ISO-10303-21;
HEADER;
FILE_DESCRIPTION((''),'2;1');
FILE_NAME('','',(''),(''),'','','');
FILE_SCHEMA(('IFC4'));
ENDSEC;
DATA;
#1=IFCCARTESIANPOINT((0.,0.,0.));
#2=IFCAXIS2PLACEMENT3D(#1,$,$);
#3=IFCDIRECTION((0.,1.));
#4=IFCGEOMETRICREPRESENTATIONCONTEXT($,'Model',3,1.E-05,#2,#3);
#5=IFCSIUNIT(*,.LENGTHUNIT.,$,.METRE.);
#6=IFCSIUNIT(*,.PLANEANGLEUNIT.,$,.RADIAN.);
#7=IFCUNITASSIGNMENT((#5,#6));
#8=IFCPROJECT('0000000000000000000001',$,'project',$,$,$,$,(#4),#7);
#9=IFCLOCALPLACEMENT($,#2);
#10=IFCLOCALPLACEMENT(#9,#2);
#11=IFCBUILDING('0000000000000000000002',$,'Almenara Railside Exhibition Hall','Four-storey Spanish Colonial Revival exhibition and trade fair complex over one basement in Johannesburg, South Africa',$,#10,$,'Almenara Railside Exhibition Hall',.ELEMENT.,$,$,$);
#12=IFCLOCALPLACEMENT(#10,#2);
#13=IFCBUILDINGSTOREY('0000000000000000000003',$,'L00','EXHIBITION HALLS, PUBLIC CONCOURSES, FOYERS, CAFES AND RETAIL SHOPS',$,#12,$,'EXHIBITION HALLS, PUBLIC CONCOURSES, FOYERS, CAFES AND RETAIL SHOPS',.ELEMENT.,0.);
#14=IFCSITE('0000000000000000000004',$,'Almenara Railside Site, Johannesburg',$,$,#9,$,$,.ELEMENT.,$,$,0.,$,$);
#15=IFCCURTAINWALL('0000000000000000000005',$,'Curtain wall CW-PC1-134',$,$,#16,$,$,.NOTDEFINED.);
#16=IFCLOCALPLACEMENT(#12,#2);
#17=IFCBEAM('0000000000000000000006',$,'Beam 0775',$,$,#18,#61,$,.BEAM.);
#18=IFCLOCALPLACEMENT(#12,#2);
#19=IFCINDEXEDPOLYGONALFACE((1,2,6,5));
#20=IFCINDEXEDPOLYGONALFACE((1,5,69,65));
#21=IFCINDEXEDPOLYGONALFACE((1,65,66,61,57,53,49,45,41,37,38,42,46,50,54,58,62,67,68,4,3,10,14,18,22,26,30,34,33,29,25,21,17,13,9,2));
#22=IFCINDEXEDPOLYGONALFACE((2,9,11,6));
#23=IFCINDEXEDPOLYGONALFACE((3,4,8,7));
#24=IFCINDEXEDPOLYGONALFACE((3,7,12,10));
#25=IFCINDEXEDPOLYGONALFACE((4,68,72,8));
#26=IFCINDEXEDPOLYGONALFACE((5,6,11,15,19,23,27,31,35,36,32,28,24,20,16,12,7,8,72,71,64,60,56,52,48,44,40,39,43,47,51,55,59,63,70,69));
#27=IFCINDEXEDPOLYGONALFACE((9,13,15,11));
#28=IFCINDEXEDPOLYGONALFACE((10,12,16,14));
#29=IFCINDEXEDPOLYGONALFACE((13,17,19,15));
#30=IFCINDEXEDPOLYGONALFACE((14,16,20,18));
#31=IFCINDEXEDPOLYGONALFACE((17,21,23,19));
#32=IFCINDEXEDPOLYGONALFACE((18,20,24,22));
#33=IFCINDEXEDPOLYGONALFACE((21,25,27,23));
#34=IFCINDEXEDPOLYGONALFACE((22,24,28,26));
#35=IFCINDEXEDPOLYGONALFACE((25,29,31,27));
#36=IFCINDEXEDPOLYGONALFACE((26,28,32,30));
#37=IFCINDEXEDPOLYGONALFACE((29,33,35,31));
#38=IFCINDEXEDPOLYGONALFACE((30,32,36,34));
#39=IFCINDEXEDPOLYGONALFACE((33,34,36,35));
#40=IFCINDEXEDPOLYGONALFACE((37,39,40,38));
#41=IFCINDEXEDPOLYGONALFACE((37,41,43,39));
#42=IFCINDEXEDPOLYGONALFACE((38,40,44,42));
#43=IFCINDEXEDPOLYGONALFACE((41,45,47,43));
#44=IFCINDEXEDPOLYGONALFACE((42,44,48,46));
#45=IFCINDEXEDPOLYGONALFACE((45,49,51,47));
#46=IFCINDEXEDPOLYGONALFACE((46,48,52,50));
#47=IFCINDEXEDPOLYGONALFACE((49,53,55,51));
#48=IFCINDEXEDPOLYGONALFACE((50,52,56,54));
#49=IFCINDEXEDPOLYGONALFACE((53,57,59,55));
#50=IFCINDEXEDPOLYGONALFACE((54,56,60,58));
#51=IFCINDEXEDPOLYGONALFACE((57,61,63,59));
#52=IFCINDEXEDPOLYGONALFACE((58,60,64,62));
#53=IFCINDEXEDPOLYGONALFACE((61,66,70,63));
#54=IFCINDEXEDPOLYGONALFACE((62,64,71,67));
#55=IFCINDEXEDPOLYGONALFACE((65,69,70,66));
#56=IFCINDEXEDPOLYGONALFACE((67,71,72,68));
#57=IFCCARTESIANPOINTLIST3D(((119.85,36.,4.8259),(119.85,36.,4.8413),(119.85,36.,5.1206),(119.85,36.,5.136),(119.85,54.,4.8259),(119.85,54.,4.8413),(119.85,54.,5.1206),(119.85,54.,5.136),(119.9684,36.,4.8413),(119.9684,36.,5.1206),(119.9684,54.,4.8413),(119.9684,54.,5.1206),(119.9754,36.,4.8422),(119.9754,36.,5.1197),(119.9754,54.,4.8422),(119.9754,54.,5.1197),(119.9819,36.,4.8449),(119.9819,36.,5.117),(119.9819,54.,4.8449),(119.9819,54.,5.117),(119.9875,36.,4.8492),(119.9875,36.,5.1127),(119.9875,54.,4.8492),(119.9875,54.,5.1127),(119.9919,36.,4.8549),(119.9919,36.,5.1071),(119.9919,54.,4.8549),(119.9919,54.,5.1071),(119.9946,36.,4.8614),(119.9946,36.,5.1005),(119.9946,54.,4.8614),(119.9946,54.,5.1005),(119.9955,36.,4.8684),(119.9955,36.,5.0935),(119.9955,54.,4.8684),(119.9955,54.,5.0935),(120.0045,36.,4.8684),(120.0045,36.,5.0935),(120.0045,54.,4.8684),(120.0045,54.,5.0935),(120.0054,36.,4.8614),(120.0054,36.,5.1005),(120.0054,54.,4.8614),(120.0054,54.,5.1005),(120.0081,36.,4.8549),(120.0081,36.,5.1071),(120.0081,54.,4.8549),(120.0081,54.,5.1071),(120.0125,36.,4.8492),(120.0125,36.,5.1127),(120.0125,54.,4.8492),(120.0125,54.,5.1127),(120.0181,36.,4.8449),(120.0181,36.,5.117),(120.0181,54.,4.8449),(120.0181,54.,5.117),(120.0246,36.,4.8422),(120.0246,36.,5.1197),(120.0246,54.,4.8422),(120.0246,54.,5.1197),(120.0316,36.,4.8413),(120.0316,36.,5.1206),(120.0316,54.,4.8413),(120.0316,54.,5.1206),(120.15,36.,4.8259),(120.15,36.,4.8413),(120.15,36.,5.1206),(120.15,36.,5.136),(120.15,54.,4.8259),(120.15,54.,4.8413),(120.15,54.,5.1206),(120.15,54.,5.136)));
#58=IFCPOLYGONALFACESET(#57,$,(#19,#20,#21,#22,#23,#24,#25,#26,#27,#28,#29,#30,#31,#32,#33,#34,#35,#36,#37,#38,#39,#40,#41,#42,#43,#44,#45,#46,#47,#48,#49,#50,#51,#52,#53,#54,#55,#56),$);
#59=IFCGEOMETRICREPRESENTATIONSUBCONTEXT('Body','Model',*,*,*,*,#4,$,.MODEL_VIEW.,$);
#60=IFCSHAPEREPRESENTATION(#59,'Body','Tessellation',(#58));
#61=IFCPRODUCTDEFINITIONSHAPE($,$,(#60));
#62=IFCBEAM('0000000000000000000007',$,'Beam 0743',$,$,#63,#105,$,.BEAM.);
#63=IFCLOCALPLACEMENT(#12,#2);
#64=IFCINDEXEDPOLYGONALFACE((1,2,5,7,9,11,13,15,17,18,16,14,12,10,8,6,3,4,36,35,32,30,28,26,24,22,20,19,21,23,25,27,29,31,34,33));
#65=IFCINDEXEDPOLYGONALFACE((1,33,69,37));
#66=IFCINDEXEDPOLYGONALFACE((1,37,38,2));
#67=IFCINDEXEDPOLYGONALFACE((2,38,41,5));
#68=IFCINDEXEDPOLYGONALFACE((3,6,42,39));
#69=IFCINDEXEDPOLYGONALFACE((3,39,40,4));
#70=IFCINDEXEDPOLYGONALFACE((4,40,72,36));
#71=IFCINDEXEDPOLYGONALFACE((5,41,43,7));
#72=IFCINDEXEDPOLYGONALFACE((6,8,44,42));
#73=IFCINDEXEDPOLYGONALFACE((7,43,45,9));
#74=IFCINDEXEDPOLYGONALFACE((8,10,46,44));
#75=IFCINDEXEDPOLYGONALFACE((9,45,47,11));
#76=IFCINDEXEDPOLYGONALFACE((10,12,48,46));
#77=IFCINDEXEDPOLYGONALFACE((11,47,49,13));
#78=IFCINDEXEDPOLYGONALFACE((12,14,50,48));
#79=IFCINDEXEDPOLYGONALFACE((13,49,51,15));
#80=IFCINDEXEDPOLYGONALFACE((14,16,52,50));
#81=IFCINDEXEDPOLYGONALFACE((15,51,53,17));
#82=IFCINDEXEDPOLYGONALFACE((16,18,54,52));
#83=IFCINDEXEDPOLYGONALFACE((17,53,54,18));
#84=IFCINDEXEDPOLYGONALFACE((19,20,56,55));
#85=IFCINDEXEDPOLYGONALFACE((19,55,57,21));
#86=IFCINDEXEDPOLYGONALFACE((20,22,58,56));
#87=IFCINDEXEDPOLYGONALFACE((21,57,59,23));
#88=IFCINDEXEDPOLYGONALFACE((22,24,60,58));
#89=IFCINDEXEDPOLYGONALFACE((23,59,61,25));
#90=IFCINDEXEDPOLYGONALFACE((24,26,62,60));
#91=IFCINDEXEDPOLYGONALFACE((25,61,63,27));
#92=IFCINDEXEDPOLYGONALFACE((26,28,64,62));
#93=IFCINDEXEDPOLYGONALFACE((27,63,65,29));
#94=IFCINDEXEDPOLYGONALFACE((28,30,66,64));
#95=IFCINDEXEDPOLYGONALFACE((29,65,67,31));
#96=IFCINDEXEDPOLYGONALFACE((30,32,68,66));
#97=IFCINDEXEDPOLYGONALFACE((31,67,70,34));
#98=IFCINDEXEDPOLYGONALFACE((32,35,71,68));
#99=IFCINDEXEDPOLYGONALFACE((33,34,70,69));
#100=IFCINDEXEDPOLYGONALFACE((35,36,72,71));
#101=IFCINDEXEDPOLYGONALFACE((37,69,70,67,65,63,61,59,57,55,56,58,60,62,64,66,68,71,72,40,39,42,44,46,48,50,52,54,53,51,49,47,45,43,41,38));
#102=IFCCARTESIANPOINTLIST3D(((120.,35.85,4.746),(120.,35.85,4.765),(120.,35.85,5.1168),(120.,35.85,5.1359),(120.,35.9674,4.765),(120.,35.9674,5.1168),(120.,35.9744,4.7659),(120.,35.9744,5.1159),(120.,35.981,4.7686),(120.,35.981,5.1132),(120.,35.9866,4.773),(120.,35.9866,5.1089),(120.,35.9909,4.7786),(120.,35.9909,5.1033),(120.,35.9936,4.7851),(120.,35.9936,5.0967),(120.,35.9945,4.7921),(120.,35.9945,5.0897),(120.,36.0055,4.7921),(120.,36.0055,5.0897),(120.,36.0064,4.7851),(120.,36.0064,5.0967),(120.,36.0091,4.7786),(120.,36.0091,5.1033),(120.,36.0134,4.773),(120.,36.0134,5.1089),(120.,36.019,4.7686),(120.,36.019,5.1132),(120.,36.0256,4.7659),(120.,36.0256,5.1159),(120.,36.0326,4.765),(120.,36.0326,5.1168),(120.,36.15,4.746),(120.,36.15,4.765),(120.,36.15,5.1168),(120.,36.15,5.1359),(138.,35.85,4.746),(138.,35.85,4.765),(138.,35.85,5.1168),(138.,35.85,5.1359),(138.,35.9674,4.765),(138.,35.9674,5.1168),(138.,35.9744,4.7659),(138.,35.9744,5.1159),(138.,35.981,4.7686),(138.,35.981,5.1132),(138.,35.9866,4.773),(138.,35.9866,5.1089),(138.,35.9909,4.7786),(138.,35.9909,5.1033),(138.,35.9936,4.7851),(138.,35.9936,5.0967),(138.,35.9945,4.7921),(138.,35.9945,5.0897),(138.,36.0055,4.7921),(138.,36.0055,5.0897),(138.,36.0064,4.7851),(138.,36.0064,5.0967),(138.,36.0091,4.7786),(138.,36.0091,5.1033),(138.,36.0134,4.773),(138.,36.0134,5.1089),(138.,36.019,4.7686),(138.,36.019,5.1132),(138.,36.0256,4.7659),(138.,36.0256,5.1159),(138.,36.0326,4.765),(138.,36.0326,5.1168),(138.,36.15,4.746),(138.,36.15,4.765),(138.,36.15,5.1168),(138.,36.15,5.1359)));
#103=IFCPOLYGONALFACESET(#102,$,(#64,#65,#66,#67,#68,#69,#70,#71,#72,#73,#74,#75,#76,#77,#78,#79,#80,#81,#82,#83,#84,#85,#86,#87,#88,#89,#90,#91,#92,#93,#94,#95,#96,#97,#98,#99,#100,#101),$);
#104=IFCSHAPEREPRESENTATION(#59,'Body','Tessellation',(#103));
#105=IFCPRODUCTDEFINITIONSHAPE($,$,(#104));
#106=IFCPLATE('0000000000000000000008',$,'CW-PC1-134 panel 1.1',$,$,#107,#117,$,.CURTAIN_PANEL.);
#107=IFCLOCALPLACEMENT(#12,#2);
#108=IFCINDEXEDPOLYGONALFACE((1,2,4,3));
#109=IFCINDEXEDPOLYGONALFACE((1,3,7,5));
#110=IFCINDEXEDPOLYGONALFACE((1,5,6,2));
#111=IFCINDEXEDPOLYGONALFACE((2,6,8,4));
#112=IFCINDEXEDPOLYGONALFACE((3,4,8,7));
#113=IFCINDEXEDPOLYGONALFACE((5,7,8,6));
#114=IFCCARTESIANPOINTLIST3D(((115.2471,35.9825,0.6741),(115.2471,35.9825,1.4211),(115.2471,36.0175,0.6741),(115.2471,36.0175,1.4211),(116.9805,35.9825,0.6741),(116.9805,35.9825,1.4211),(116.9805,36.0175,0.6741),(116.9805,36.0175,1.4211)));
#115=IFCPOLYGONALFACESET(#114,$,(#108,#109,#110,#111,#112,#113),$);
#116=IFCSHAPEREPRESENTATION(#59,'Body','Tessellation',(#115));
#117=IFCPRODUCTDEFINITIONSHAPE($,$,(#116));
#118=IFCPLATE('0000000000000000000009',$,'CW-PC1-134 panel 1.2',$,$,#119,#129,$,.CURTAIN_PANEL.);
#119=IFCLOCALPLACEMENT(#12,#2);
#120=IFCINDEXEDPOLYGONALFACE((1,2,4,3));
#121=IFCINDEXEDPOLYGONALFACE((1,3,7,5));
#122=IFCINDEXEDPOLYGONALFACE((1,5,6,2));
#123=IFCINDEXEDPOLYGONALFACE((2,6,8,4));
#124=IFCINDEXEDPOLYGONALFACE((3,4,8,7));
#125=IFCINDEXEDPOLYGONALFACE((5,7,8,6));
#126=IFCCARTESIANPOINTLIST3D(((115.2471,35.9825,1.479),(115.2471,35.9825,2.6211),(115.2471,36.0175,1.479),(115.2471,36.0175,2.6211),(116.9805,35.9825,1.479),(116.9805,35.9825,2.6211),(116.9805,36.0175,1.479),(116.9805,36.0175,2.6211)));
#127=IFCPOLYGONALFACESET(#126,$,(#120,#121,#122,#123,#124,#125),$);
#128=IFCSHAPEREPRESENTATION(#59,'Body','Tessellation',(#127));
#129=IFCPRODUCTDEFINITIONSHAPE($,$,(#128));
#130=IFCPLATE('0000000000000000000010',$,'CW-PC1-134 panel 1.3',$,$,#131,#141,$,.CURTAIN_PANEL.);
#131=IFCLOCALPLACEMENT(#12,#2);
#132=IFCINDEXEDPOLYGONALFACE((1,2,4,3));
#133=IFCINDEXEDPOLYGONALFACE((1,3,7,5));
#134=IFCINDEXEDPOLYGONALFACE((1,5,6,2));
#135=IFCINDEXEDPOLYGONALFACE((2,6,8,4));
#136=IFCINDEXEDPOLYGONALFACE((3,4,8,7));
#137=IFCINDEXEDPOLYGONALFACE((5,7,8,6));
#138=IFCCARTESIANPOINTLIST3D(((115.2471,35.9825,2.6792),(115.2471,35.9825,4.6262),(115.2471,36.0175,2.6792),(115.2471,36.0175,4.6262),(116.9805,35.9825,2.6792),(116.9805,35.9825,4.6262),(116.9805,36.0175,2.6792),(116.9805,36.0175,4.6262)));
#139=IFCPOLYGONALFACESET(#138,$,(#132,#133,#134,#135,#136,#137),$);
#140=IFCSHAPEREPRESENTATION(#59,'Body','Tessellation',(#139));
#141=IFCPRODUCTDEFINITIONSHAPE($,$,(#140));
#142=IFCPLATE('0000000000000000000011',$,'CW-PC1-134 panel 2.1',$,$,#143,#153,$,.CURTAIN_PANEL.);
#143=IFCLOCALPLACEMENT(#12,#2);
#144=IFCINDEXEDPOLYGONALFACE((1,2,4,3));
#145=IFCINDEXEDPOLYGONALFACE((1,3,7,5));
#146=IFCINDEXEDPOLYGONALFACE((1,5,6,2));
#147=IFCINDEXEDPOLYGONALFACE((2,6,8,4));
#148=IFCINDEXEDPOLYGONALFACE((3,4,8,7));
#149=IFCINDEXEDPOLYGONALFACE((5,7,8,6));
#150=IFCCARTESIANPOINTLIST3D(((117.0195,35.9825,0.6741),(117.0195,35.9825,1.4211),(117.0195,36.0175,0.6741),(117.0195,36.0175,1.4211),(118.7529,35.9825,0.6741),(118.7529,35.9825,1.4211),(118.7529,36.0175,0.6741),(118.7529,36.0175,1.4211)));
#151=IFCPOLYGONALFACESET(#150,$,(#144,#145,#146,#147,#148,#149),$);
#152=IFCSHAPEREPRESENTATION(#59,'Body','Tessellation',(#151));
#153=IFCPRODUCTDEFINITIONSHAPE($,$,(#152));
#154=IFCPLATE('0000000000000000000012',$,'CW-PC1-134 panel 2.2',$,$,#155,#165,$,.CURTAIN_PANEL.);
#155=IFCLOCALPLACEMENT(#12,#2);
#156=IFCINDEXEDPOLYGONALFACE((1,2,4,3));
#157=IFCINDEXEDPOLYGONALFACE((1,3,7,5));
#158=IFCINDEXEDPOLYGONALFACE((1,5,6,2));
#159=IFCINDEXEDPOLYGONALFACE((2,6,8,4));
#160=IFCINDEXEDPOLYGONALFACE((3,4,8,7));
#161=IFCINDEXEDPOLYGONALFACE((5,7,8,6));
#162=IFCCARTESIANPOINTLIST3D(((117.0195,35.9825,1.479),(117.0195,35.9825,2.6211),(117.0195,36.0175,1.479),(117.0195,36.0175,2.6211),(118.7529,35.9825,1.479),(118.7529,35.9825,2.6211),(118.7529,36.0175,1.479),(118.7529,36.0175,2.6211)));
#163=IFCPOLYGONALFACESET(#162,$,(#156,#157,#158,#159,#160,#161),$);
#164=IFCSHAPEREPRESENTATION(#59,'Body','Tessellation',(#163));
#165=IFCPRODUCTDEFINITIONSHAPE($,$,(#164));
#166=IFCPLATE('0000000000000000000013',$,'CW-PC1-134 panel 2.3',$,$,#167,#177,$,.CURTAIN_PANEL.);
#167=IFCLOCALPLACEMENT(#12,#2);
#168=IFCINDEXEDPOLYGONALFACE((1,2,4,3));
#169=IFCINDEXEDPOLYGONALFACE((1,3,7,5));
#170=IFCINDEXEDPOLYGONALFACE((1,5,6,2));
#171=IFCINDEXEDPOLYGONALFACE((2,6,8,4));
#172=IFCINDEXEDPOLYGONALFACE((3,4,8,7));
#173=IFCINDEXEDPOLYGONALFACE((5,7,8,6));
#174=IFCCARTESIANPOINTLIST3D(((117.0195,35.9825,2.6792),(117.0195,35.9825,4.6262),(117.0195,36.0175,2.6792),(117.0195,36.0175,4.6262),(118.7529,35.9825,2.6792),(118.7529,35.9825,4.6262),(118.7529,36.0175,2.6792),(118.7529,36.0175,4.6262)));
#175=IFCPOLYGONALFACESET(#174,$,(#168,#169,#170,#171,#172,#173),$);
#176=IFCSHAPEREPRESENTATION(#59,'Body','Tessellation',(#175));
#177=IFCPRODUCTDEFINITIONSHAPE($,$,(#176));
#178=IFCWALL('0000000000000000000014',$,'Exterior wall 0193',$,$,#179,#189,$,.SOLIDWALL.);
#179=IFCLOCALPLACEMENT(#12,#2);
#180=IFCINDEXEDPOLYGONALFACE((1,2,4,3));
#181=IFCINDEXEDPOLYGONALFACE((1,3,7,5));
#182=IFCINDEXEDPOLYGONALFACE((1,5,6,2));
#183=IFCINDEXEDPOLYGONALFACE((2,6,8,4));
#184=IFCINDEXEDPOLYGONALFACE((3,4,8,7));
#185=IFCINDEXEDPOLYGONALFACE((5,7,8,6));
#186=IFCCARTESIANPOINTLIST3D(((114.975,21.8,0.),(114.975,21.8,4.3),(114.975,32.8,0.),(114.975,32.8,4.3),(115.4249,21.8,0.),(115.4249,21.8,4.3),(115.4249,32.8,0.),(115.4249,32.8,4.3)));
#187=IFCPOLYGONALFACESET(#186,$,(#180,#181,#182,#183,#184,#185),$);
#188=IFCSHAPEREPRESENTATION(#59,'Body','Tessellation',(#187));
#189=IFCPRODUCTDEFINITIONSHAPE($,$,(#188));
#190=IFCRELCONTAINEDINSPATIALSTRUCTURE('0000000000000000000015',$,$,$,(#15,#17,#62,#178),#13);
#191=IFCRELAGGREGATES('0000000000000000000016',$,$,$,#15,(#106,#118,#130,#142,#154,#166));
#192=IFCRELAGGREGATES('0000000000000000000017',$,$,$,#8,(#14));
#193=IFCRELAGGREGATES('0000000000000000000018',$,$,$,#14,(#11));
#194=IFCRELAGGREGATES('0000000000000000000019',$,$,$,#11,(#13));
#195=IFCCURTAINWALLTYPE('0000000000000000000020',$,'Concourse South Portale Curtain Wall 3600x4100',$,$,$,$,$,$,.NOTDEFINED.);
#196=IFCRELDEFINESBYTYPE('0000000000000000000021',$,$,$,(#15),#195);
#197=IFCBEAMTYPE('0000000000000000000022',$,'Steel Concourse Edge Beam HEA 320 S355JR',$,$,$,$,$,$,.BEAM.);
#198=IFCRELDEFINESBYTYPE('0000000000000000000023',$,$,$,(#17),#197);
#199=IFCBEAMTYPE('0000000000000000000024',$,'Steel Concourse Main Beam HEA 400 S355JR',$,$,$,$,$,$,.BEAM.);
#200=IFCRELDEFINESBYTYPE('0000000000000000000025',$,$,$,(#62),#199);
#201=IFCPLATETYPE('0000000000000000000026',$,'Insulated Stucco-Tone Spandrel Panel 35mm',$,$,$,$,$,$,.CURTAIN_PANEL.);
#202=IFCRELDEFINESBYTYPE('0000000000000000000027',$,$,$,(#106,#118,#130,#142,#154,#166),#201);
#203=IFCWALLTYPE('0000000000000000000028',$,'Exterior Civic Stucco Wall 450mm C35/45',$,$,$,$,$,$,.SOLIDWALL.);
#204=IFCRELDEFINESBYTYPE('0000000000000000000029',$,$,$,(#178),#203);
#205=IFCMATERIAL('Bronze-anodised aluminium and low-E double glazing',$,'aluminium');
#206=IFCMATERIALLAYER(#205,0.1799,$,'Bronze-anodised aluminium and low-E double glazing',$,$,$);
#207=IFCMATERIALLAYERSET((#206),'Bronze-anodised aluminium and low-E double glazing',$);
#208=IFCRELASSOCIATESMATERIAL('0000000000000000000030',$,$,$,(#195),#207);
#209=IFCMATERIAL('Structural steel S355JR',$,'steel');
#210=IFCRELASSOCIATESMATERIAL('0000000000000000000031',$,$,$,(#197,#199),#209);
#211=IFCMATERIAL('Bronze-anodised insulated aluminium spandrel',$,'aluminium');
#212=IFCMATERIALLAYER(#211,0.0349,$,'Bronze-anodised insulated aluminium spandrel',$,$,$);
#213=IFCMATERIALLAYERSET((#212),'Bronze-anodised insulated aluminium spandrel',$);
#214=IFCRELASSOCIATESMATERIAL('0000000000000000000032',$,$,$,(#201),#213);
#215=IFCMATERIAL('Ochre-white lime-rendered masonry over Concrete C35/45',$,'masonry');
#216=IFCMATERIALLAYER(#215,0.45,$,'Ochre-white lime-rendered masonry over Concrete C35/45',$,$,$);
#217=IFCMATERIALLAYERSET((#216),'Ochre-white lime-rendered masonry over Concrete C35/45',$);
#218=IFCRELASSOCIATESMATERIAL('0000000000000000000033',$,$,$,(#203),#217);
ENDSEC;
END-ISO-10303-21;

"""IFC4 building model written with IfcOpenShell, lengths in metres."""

from ifc_helpers import new_model, si_unit, direction, frame, frame_2d, origin, origin_2d, place, context, subcontext, project, spatial, rectangle, i_section, extrude, material, layer, layer_set, material_profile, profile_set, type_object, element, aggregate, save


model = new_model("IFC4")

# Units and contexts
model_context = context("Model", 3, precision=1e-05, world=origin(), true_north=direction((0.0, 1.0)))
body_context = subcontext(model_context, "Body", "Model", "MODEL_VIEW")
ifc_project = project(units=[si_unit("LENGTHUNIT", "METRE"), si_unit("PLANEANGLEUNIT", "RADIAN")], contexts=[model_context])

# Site, building, storey
site_placement = place(None, origin())
site = spatial("IfcSite", under=ifc_project, at=site_placement, Name="Almenara Railside Site, Johannesburg", CompositionType="ELEMENT", RefElevation=0.0)
building_placement = place(site_placement, origin())
building = spatial("IfcBuilding", under=site, at=building_placement, Name="Almenara Railside Exhibition Hall", Description="Four-storey Spanish Colonial Revival exhibition and trade fair complex over one basement in Johannesburg, South Africa", LongName="Almenara Railside Exhibition Hall", CompositionType="ELEMENT")
storey_placement = place(building_placement, origin())
storey = spatial("IfcBuildingStorey", under=building, at=storey_placement, Name="L00", Description="EXHIBITION HALLS, PUBLIC CONCOURSES, FOYERS, CAFES AND RETAIL SHOPS", LongName="EXHIBITION HALLS, PUBLIC CONCOURSES, FOYERS, CAFES AND RETAIL SHOPS", CompositionType="ELEMENT", Elevation=0.0)

# Curtain wall
ifc_material_1 = material(Name="Bronze-anodised aluminium and low-E double glazing", Category="aluminium")
ifc_layer_1 = layer(ifc_material_1, 0.1799, Name="Bronze-anodised aluminium and low-E double glazing")
ifc_layer_set_1 = layer_set([ifc_layer_1], Name="Bronze-anodised aluminium and low-E double glazing")
curtain_wall_type = type_object("IfcCurtainWallType", Name="Concourse South Portale Curtain Wall 3600x4100", PredefinedType="NOTDEFINED", material=ifc_layer_set_1)
curtain_wall_placement = place(storey_placement, origin())
curtain_wall = element("IfcCurtainWall", 1, at=curtain_wall_placement, inside=storey, type_object=curtain_wall_type, Name="Curtain wall CW-PC1-134", PredefinedType="NOTDEFINED")

# Beams
ifc_material_2 = material(Name="Structural steel S355JR", Category="steel")
ifc_material_profile_1 = material_profile(ifc_material_2, i_section(OverallWidth=0.3, OverallDepth=0.3101, WebThickness=0.009, FlangeThickness=0.0154, FilletRadius=0.0271, at=origin_2d()), Name="HEA 320")
ifc_profile_set_1 = profile_set([ifc_material_profile_1], Name="Structural steel S355JR")
beam_type_1 = type_object("IfcBeamType", Name="Steel Concourse Edge Beam HEA 320 S355JR", PredefinedType="BEAM", material=ifc_profile_set_1)
beam_1_placement = place(storey_placement, frame((120.0, 36.0, 4.981), z_axis=(0.0, 1.0, 0.0), x_axis=(-1.0, 0.0, 0.0)))
element("IfcBeam", 2, at=beam_1_placement, inside=storey, type_object=beam_type_1, Name="Beam 0775", PredefinedType="BEAM", context=body_context, shape_type="SweptSolid", body=[
    extrude(i_section(OverallWidth=0.3, OverallDepth=0.3101, WebThickness=0.009, FlangeThickness=0.0154, FilletRadius=0.0271, at=origin_2d()), origin(), (0.0, 0.0, 1.0), 18.0),
])
ifc_material_profile_2 = material_profile(ifc_material_2, i_section(OverallWidth=0.3, OverallDepth=0.3899, WebThickness=0.011, FlangeThickness=0.019, FilletRadius=0.0271, at=origin_2d()), Name="HEA 400")
ifc_profile_set_2 = profile_set([ifc_material_profile_2], Name="Structural steel S355JR")
beam_type_2 = type_object("IfcBeamType", Name="Steel Concourse Main Beam HEA 400 S355JR", PredefinedType="BEAM", material=ifc_profile_set_2)
beam_2_placement = place(storey_placement, frame((120.0, 36.0, 4.9409), z_axis=(1.0, 0.0, 0.0), x_axis=(0.0, 1.0, 0.0)))
element("IfcBeam", 3, at=beam_2_placement, inside=storey, type_object=beam_type_2, Name="Beam 0743", PredefinedType="BEAM", context=body_context, shape_type="SweptSolid", body=[
    extrude(i_section(OverallWidth=0.3, OverallDepth=0.3899, WebThickness=0.011, FlangeThickness=0.019, FilletRadius=0.0271, at=origin_2d()), origin(), (0.0, 0.0, 1.0), 18.0),
])

# Plates
ifc_material_3 = material(Name="Bronze-anodised insulated aluminium spandrel", Category="aluminium")
ifc_layer_2 = layer(ifc_material_3, 0.0349, Name="Bronze-anodised insulated aluminium spandrel")
ifc_layer_set_2 = layer_set([ifc_layer_2], Name="Bronze-anodised insulated aluminium spandrel")
plate_type = type_object("IfcPlateType", Name="Insulated Stucco-Tone Spandrel Panel 35mm", PredefinedType="CURTAIN_PANEL", material=ifc_layer_set_2)
plate_1_placement = place(storey_placement, frame((116.1138, 36.0, 0.6741), z_axis=(0.0, 0.0, 1.0), x_axis=(1.0, 0.0, 0.0)))
plate_1 = element("IfcPlate", 4, at=plate_1_placement, type_object=plate_type, Name="CW-PC1-134 panel 1.1", PredefinedType="CURTAIN_PANEL", context=body_context, shape_type="SweptSolid", body=[
    extrude(rectangle(XDim=1.7334, YDim=0.0349, at=origin_2d()), origin(), (0.0, 0.0, 1.0), 0.7471),
])
plate_2_placement = place(storey_placement, frame((116.1138, 36.0, 1.479), z_axis=(0.0, 0.0, 1.0), x_axis=(1.0, 0.0, 0.0)))
plate_2 = element("IfcPlate", 5, at=plate_2_placement, type_object=plate_type, Name="CW-PC1-134 panel 1.2", PredefinedType="CURTAIN_PANEL", context=body_context, shape_type="SweptSolid", body=[
    extrude(rectangle(XDim=1.7334, YDim=0.0349, at=origin_2d()), origin(), (0.0, 0.0, 1.0), 1.1421),
])
plate_3_placement = place(storey_placement, frame((116.1138, 36.0, 2.6792), z_axis=(0.0, 0.0, 1.0), x_axis=(1.0, 0.0, 0.0)))
plate_3 = element("IfcPlate", 6, at=plate_3_placement, type_object=plate_type, Name="CW-PC1-134 panel 1.3", PredefinedType="CURTAIN_PANEL", context=body_context, shape_type="SweptSolid", body=[
    extrude(rectangle(XDim=1.7334, YDim=0.0349, at=origin_2d()), origin(), (0.0, 0.0, 1.0), 1.947),
])
plate_4_placement = place(storey_placement, frame((117.8862, 36.0, 0.6741), z_axis=(0.0, 0.0, 1.0), x_axis=(1.0, 0.0, 0.0)))
plate_4 = element("IfcPlate", 7, at=plate_4_placement, type_object=plate_type, Name="CW-PC1-134 panel 2.1", PredefinedType="CURTAIN_PANEL", context=body_context, shape_type="SweptSolid", body=[
    extrude(rectangle(XDim=1.7334, YDim=0.0349, at=origin_2d()), origin(), (0.0, 0.0, 1.0), 0.7471),
])
plate_5_placement = place(storey_placement, frame((117.8862, 36.0, 1.479), z_axis=(0.0, 0.0, 1.0), x_axis=(1.0, 0.0, 0.0)))
plate_5 = element("IfcPlate", 8, at=plate_5_placement, type_object=plate_type, Name="CW-PC1-134 panel 2.2", PredefinedType="CURTAIN_PANEL", context=body_context, shape_type="SweptSolid", body=[
    extrude(rectangle(XDim=1.7334, YDim=0.0349, at=origin_2d()), origin(), (0.0, 0.0, 1.0), 1.1421),
])
plate_6_placement = place(storey_placement, frame((117.8862, 36.0, 2.6792), z_axis=(0.0, 0.0, 1.0), x_axis=(1.0, 0.0, 0.0)))
plate_6 = element("IfcPlate", 9, at=plate_6_placement, type_object=plate_type, Name="CW-PC1-134 panel 2.3", PredefinedType="CURTAIN_PANEL", context=body_context, shape_type="SweptSolid", body=[
    extrude(rectangle(XDim=1.7334, YDim=0.0349, at=origin_2d()), origin(), (0.0, 0.0, 1.0), 1.947),
])
aggregate(curtain_wall, [plate_1, plate_2, plate_3, plate_4, plate_5, plate_6])

# Wall
ifc_material_4 = material(Name="Ochre-white lime-rendered masonry over Concrete C35/45", Category="masonry")
ifc_layer_3 = layer(ifc_material_4, 0.45, Name="Ochre-white lime-rendered masonry over Concrete C35/45")
ifc_layer_set_3 = layer_set([ifc_layer_3], Name="Ochre-white lime-rendered masonry over Concrete C35/45")
wall_type = type_object("IfcWallType", Name="Exterior Civic Stucco Wall 450mm C35/45", PredefinedType="SOLIDWALL", material=ifc_layer_set_3)
wall_placement = place(storey_placement, frame((115.2, 32.8, 0.0), z_axis=(0.0, 0.0, 1.0), x_axis=(0.0, -1.0, 0.0)))
element("IfcWall", 10, at=wall_placement, inside=storey, type_object=wall_type, Name="Exterior wall 0193", PredefinedType="SOLIDWALL", context=body_context, shape_type="SweptSolid", body=[
    extrude(rectangle(XDim=11.0, YDim=0.45, at=frame_2d((5.5, 0.0))), origin(), (0.0, 0.0, 1.0), 4.3),
])

save(model, "model.ifc")
